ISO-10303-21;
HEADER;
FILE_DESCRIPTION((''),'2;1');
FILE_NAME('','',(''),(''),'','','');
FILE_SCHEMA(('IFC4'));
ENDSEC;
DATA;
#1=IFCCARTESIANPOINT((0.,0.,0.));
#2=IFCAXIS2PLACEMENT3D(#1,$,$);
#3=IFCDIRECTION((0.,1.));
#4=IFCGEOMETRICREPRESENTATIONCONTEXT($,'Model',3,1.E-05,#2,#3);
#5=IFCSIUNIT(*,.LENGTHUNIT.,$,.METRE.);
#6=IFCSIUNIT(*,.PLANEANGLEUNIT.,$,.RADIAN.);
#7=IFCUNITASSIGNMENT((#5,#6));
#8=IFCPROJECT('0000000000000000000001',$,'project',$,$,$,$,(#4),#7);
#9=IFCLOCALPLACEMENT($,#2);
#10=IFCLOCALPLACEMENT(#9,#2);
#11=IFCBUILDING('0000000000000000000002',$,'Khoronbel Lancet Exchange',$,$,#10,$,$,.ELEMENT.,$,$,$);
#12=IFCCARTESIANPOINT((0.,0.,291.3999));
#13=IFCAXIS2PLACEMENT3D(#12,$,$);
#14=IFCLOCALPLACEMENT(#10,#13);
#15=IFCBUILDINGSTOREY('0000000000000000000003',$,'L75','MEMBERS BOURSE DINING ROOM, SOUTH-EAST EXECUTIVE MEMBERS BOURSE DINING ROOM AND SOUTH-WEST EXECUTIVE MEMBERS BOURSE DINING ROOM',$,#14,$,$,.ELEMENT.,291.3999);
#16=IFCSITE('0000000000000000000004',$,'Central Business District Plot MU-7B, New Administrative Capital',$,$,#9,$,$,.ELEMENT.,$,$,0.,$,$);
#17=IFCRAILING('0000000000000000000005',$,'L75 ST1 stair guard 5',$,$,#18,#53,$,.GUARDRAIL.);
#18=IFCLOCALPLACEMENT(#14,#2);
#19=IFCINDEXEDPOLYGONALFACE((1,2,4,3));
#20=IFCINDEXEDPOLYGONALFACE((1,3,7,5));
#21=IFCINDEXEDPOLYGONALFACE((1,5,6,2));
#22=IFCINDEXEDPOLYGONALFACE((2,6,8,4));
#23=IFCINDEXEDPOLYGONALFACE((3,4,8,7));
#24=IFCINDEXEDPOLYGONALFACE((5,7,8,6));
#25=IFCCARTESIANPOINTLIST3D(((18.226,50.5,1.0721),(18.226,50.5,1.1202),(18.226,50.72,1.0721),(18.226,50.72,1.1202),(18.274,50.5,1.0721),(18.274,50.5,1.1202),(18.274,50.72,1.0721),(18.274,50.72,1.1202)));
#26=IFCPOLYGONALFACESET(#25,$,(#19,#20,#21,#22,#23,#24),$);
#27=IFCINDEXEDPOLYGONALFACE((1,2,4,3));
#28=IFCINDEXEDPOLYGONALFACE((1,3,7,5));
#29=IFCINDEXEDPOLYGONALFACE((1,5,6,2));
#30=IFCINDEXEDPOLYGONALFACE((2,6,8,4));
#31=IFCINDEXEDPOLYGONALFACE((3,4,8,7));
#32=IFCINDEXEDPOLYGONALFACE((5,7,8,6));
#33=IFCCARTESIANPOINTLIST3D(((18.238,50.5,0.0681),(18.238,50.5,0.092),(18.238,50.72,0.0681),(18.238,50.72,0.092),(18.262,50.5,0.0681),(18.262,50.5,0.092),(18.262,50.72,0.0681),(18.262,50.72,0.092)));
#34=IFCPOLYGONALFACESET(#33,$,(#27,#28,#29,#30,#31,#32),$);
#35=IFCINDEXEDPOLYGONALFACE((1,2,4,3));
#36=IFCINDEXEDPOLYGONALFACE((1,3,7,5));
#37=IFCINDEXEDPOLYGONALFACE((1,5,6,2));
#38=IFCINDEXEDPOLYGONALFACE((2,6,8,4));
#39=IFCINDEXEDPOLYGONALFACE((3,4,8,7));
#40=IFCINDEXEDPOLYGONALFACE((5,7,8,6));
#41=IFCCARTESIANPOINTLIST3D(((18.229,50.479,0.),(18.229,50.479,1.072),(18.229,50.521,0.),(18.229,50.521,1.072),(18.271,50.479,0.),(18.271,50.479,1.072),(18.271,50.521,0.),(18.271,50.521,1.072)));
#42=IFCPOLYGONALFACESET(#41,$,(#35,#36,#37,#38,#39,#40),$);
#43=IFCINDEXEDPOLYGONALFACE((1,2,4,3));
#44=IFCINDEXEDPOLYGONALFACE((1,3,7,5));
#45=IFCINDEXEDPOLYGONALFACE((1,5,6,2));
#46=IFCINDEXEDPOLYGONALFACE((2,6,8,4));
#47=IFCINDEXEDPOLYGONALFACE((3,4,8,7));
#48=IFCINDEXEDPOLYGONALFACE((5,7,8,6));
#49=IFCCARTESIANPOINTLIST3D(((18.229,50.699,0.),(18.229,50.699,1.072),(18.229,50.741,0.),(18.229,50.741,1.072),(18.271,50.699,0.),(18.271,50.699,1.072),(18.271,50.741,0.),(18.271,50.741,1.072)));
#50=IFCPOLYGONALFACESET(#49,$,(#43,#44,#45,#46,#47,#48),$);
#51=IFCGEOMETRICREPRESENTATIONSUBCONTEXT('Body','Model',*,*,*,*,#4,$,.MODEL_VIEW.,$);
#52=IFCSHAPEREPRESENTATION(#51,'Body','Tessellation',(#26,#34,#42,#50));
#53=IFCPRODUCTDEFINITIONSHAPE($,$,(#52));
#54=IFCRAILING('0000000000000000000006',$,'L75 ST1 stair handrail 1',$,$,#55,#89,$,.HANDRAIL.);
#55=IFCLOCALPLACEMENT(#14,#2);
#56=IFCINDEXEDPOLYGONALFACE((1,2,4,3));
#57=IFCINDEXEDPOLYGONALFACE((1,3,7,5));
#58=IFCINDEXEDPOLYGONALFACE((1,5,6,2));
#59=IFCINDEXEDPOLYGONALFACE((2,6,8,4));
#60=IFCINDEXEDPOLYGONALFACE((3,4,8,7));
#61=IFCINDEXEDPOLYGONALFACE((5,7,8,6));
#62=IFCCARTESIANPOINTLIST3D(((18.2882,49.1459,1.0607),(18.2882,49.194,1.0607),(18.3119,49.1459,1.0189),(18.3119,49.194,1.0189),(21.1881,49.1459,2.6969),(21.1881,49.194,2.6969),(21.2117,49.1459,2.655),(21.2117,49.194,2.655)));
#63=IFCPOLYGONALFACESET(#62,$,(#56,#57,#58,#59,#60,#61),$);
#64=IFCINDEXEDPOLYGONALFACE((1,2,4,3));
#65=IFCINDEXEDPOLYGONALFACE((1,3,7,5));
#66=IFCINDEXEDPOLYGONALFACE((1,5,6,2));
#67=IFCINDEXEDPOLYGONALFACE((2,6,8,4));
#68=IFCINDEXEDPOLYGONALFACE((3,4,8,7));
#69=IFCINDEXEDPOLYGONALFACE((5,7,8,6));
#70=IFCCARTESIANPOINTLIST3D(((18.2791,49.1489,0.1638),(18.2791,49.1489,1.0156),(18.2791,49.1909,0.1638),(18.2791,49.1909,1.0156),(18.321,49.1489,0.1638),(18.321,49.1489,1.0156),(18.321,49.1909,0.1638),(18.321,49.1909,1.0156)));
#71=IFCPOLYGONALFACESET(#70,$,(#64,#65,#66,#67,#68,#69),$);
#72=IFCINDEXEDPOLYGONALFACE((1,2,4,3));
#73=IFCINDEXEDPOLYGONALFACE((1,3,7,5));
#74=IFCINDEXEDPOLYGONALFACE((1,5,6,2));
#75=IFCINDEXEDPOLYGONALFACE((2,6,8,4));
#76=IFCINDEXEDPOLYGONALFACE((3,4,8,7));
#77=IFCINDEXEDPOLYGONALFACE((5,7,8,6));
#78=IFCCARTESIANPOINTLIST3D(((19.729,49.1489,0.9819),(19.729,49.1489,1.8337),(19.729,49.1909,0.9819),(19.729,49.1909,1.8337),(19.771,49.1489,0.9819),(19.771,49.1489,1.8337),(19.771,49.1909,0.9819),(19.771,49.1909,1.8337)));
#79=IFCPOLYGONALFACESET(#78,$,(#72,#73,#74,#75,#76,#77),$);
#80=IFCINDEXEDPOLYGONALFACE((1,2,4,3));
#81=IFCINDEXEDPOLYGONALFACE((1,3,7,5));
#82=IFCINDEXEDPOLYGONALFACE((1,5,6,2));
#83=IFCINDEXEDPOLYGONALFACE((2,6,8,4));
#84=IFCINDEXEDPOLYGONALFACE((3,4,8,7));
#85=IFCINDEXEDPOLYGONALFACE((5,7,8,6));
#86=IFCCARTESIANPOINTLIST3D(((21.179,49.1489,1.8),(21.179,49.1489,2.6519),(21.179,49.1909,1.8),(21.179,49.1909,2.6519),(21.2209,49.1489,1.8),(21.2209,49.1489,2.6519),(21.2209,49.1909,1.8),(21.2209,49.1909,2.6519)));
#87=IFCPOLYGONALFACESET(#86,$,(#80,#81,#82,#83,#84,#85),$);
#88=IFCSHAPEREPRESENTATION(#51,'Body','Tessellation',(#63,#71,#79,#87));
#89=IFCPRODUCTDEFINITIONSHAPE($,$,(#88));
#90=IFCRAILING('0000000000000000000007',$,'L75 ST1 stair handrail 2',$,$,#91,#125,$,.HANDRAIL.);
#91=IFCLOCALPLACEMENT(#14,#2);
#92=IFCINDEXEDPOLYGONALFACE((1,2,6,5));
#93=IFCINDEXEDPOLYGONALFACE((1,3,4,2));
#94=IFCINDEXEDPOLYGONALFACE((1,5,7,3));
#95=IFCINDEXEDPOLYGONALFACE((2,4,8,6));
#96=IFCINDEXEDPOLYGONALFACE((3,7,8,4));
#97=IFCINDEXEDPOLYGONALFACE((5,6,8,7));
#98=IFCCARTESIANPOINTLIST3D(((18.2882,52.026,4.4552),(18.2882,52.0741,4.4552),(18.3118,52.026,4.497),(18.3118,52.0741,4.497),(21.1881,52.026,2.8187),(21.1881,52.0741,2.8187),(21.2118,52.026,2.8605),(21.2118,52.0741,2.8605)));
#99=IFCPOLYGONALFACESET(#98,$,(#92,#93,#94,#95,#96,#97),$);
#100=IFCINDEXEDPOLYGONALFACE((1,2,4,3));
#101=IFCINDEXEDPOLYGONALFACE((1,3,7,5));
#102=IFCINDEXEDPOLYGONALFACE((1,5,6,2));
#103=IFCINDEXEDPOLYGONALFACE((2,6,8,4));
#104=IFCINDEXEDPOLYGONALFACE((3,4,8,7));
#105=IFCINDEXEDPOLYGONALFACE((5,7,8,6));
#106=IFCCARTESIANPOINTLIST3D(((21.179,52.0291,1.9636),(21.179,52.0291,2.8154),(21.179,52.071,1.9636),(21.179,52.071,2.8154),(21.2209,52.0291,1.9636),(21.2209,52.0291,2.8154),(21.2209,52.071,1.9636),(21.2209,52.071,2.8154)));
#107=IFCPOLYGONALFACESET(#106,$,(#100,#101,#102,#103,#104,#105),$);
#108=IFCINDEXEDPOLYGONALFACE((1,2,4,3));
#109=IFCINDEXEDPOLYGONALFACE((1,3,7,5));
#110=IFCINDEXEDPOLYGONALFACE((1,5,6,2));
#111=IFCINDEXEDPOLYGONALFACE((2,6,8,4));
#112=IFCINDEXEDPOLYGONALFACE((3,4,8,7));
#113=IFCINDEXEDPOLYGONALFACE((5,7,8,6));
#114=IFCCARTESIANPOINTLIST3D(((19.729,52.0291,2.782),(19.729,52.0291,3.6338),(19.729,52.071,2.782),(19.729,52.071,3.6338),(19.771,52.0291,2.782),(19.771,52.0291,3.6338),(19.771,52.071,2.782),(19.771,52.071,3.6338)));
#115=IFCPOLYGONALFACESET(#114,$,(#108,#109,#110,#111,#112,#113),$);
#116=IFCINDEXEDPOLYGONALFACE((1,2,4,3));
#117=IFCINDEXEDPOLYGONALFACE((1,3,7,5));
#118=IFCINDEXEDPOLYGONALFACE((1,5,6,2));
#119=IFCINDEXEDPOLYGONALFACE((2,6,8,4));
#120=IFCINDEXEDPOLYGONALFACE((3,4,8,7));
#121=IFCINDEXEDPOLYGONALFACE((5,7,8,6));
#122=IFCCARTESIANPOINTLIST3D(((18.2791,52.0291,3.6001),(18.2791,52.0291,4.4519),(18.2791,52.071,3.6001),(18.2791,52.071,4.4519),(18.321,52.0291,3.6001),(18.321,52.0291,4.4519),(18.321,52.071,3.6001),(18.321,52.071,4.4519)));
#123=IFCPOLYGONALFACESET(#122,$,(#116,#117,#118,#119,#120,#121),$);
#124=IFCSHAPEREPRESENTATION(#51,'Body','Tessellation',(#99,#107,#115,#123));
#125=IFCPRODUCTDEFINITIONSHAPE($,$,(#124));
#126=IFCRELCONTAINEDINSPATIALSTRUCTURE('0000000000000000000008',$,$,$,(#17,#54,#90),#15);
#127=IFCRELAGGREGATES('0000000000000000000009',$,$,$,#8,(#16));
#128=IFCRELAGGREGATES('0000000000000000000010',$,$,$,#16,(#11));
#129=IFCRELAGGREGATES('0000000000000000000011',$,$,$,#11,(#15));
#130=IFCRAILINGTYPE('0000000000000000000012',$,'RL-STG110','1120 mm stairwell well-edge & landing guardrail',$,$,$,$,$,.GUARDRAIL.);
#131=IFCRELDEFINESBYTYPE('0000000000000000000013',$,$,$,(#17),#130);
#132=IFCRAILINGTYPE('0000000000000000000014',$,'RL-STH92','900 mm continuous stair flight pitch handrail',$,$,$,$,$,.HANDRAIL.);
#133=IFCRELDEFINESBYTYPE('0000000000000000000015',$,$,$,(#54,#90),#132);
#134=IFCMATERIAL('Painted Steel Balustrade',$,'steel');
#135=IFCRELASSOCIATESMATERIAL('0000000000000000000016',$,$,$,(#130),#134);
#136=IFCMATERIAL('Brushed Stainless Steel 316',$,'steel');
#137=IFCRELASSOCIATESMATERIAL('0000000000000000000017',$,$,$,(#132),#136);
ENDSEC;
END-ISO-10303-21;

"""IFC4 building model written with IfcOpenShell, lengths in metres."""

from ifc_helpers import new_model, si_unit, direction, frame, origin, origin_2d, place, context, subcontext, project, spatial, rectangle, extrude, material, type_object, element, save


model = new_model("IFC4")

# Units and contexts
model_context = context("Model", 3, precision=1e-05, world=origin(), true_north=direction((0.0, 1.0)))
body_context = subcontext(model_context, "Body", "Model", "MODEL_VIEW")
ifc_project = project(units=[si_unit("LENGTHUNIT", "METRE"), si_unit("PLANEANGLEUNIT", "RADIAN")], contexts=[model_context])

# Site, building, storey
site_placement = place(None, origin())
site = spatial("IfcSite", under=ifc_project, at=site_placement, Name="Central Business District Plot MU-7B, New Administrative Capital", CompositionType="ELEMENT", RefElevation=0.0)
building_placement = place(site_placement, origin())
building = spatial("IfcBuilding", under=site, at=building_placement, Name="Khoronbel Lancet Exchange", CompositionType="ELEMENT")
storey_placement = place(building_placement, frame((0.0, 0.0, 291.3999)))
storey = spatial("IfcBuildingStorey", under=building, at=storey_placement, Name="L75", Description="MEMBERS BOURSE DINING ROOM, SOUTH-EAST EXECUTIVE MEMBERS BOURSE DINING ROOM AND SOUTH-WEST EXECUTIVE MEMBERS BOURSE DINING ROOM", CompositionType="ELEMENT", Elevation=291.3999)

# Railings
ifc_material_1 = material(Name="Painted Steel Balustrade", Category="steel")
railing_type_1 = type_object("IfcRailingType", Name="RL-STG110", Description="1120 mm stairwell well-edge & landing guardrail", PredefinedType="GUARDRAIL", material=ifc_material_1)
railing_1_placement = place(storey_placement, frame((18.25, 50.5, 0.0)))
element("IfcRailing", 1, at=railing_1_placement, inside=storey, type_object=railing_type_1, Name="L75 ST1 stair guard 5", PredefinedType="GUARDRAIL", context=body_context, shape_type="SweptSolid", body=[
    extrude(rectangle(XDim=0.0481, YDim=0.0481, at=origin_2d()), frame((0.0, 0.0, 1.0962), z_axis=(0.0, 1.0, 0.0), x_axis=(-1.0, 0.0, 0.0)), (0.0, 0.0, 1.0), 0.22),
    extrude(rectangle(XDim=0.0239, YDim=0.0239, at=origin_2d()), frame((0.0, 0.0, 0.0801), z_axis=(0.0, 1.0, 0.0), x_axis=(-1.0, 0.0, 0.0)), (0.0, 0.0, 1.0), 0.22),
    extrude(rectangle(XDim=0.042, YDim=0.042, at=origin_2d()), origin(), (0.0, 0.0, 1.0), 1.072),
    extrude(rectangle(XDim=0.042, YDim=0.042, at=origin_2d()), frame((0.0, 0.22, 0.0)), (0.0, 0.0, 1.0), 1.072),
])
ifc_material_2 = material(Name="Brushed Stainless Steel 316", Category="steel")
railing_type_2 = type_object("IfcRailingType", Name="RL-STH92", Description="900 mm continuous stair flight pitch handrail", PredefinedType="HANDRAIL", material=ifc_material_2)
railing_2_placement = place(storey_placement, frame((18.3, 49.1699, 0.1638)))
element("IfcRailing", 2, at=railing_2_placement, inside=storey, type_object=railing_type_2, Name="L75 ST1 stair handrail 1", PredefinedType="HANDRAIL", context=body_context, shape_type="SweptSolid", body=[
    extrude(rectangle(XDim=0.0481, YDim=0.0481, at=origin_2d()), frame((0.0, 0.0, 0.876), z_axis=(0.870929, 0.0, 0.49141), x_axis=(0.0, 1.0, 0.0)), (0.0, 0.0, 1.0), 3.3296),
    extrude(rectangle(XDim=0.042, YDim=0.042, at=origin_2d()), origin(), (0.0, 0.0, 1.0), 0.8518),
    extrude(rectangle(XDim=0.042, YDim=0.042, at=origin_2d()), frame((1.45, 0.0, 0.8181)), (0.0, 0.0, 1.0), 0.8518),
    extrude(rectangle(XDim=0.042, YDim=0.042, at=origin_2d()), frame((2.8999, 0.0, 1.6362)), (0.0, 0.0, 1.0), 0.8518),
])
railing_3_placement = place(storey_placement, frame((21.2, 52.05, 1.9636)))
element("IfcRailing", 3, at=railing_3_placement, inside=storey, type_object=railing_type_2, Name="L75 ST1 stair handrail 2", PredefinedType="HANDRAIL", context=body_context, shape_type="SweptSolid", body=[
    extrude(rectangle(XDim=0.0481, YDim=0.0481, at=origin_2d()), frame((0.0, 0.0, 0.876), z_axis=(-0.870897, 0.0, 0.491465), x_axis=(0.0, -1.0, 0.0)), (0.0, 0.0, 1.0), 3.3298),
    extrude(rectangle(XDim=0.042, YDim=0.042, at=origin_2d()), origin(), (0.0, 0.0, 1.0), 0.8518),
    extrude(rectangle(XDim=0.042, YDim=0.042, at=origin_2d()), frame((-1.45, 0.0, 0.8184)), (0.0, 0.0, 1.0), 0.8518),
    extrude(rectangle(XDim=0.042, YDim=0.042, at=origin_2d()), frame((-2.8999, 0.0, 1.6365)), (0.0, 0.0, 1.0), 0.8518),
])

save(model, "model.ifc")
